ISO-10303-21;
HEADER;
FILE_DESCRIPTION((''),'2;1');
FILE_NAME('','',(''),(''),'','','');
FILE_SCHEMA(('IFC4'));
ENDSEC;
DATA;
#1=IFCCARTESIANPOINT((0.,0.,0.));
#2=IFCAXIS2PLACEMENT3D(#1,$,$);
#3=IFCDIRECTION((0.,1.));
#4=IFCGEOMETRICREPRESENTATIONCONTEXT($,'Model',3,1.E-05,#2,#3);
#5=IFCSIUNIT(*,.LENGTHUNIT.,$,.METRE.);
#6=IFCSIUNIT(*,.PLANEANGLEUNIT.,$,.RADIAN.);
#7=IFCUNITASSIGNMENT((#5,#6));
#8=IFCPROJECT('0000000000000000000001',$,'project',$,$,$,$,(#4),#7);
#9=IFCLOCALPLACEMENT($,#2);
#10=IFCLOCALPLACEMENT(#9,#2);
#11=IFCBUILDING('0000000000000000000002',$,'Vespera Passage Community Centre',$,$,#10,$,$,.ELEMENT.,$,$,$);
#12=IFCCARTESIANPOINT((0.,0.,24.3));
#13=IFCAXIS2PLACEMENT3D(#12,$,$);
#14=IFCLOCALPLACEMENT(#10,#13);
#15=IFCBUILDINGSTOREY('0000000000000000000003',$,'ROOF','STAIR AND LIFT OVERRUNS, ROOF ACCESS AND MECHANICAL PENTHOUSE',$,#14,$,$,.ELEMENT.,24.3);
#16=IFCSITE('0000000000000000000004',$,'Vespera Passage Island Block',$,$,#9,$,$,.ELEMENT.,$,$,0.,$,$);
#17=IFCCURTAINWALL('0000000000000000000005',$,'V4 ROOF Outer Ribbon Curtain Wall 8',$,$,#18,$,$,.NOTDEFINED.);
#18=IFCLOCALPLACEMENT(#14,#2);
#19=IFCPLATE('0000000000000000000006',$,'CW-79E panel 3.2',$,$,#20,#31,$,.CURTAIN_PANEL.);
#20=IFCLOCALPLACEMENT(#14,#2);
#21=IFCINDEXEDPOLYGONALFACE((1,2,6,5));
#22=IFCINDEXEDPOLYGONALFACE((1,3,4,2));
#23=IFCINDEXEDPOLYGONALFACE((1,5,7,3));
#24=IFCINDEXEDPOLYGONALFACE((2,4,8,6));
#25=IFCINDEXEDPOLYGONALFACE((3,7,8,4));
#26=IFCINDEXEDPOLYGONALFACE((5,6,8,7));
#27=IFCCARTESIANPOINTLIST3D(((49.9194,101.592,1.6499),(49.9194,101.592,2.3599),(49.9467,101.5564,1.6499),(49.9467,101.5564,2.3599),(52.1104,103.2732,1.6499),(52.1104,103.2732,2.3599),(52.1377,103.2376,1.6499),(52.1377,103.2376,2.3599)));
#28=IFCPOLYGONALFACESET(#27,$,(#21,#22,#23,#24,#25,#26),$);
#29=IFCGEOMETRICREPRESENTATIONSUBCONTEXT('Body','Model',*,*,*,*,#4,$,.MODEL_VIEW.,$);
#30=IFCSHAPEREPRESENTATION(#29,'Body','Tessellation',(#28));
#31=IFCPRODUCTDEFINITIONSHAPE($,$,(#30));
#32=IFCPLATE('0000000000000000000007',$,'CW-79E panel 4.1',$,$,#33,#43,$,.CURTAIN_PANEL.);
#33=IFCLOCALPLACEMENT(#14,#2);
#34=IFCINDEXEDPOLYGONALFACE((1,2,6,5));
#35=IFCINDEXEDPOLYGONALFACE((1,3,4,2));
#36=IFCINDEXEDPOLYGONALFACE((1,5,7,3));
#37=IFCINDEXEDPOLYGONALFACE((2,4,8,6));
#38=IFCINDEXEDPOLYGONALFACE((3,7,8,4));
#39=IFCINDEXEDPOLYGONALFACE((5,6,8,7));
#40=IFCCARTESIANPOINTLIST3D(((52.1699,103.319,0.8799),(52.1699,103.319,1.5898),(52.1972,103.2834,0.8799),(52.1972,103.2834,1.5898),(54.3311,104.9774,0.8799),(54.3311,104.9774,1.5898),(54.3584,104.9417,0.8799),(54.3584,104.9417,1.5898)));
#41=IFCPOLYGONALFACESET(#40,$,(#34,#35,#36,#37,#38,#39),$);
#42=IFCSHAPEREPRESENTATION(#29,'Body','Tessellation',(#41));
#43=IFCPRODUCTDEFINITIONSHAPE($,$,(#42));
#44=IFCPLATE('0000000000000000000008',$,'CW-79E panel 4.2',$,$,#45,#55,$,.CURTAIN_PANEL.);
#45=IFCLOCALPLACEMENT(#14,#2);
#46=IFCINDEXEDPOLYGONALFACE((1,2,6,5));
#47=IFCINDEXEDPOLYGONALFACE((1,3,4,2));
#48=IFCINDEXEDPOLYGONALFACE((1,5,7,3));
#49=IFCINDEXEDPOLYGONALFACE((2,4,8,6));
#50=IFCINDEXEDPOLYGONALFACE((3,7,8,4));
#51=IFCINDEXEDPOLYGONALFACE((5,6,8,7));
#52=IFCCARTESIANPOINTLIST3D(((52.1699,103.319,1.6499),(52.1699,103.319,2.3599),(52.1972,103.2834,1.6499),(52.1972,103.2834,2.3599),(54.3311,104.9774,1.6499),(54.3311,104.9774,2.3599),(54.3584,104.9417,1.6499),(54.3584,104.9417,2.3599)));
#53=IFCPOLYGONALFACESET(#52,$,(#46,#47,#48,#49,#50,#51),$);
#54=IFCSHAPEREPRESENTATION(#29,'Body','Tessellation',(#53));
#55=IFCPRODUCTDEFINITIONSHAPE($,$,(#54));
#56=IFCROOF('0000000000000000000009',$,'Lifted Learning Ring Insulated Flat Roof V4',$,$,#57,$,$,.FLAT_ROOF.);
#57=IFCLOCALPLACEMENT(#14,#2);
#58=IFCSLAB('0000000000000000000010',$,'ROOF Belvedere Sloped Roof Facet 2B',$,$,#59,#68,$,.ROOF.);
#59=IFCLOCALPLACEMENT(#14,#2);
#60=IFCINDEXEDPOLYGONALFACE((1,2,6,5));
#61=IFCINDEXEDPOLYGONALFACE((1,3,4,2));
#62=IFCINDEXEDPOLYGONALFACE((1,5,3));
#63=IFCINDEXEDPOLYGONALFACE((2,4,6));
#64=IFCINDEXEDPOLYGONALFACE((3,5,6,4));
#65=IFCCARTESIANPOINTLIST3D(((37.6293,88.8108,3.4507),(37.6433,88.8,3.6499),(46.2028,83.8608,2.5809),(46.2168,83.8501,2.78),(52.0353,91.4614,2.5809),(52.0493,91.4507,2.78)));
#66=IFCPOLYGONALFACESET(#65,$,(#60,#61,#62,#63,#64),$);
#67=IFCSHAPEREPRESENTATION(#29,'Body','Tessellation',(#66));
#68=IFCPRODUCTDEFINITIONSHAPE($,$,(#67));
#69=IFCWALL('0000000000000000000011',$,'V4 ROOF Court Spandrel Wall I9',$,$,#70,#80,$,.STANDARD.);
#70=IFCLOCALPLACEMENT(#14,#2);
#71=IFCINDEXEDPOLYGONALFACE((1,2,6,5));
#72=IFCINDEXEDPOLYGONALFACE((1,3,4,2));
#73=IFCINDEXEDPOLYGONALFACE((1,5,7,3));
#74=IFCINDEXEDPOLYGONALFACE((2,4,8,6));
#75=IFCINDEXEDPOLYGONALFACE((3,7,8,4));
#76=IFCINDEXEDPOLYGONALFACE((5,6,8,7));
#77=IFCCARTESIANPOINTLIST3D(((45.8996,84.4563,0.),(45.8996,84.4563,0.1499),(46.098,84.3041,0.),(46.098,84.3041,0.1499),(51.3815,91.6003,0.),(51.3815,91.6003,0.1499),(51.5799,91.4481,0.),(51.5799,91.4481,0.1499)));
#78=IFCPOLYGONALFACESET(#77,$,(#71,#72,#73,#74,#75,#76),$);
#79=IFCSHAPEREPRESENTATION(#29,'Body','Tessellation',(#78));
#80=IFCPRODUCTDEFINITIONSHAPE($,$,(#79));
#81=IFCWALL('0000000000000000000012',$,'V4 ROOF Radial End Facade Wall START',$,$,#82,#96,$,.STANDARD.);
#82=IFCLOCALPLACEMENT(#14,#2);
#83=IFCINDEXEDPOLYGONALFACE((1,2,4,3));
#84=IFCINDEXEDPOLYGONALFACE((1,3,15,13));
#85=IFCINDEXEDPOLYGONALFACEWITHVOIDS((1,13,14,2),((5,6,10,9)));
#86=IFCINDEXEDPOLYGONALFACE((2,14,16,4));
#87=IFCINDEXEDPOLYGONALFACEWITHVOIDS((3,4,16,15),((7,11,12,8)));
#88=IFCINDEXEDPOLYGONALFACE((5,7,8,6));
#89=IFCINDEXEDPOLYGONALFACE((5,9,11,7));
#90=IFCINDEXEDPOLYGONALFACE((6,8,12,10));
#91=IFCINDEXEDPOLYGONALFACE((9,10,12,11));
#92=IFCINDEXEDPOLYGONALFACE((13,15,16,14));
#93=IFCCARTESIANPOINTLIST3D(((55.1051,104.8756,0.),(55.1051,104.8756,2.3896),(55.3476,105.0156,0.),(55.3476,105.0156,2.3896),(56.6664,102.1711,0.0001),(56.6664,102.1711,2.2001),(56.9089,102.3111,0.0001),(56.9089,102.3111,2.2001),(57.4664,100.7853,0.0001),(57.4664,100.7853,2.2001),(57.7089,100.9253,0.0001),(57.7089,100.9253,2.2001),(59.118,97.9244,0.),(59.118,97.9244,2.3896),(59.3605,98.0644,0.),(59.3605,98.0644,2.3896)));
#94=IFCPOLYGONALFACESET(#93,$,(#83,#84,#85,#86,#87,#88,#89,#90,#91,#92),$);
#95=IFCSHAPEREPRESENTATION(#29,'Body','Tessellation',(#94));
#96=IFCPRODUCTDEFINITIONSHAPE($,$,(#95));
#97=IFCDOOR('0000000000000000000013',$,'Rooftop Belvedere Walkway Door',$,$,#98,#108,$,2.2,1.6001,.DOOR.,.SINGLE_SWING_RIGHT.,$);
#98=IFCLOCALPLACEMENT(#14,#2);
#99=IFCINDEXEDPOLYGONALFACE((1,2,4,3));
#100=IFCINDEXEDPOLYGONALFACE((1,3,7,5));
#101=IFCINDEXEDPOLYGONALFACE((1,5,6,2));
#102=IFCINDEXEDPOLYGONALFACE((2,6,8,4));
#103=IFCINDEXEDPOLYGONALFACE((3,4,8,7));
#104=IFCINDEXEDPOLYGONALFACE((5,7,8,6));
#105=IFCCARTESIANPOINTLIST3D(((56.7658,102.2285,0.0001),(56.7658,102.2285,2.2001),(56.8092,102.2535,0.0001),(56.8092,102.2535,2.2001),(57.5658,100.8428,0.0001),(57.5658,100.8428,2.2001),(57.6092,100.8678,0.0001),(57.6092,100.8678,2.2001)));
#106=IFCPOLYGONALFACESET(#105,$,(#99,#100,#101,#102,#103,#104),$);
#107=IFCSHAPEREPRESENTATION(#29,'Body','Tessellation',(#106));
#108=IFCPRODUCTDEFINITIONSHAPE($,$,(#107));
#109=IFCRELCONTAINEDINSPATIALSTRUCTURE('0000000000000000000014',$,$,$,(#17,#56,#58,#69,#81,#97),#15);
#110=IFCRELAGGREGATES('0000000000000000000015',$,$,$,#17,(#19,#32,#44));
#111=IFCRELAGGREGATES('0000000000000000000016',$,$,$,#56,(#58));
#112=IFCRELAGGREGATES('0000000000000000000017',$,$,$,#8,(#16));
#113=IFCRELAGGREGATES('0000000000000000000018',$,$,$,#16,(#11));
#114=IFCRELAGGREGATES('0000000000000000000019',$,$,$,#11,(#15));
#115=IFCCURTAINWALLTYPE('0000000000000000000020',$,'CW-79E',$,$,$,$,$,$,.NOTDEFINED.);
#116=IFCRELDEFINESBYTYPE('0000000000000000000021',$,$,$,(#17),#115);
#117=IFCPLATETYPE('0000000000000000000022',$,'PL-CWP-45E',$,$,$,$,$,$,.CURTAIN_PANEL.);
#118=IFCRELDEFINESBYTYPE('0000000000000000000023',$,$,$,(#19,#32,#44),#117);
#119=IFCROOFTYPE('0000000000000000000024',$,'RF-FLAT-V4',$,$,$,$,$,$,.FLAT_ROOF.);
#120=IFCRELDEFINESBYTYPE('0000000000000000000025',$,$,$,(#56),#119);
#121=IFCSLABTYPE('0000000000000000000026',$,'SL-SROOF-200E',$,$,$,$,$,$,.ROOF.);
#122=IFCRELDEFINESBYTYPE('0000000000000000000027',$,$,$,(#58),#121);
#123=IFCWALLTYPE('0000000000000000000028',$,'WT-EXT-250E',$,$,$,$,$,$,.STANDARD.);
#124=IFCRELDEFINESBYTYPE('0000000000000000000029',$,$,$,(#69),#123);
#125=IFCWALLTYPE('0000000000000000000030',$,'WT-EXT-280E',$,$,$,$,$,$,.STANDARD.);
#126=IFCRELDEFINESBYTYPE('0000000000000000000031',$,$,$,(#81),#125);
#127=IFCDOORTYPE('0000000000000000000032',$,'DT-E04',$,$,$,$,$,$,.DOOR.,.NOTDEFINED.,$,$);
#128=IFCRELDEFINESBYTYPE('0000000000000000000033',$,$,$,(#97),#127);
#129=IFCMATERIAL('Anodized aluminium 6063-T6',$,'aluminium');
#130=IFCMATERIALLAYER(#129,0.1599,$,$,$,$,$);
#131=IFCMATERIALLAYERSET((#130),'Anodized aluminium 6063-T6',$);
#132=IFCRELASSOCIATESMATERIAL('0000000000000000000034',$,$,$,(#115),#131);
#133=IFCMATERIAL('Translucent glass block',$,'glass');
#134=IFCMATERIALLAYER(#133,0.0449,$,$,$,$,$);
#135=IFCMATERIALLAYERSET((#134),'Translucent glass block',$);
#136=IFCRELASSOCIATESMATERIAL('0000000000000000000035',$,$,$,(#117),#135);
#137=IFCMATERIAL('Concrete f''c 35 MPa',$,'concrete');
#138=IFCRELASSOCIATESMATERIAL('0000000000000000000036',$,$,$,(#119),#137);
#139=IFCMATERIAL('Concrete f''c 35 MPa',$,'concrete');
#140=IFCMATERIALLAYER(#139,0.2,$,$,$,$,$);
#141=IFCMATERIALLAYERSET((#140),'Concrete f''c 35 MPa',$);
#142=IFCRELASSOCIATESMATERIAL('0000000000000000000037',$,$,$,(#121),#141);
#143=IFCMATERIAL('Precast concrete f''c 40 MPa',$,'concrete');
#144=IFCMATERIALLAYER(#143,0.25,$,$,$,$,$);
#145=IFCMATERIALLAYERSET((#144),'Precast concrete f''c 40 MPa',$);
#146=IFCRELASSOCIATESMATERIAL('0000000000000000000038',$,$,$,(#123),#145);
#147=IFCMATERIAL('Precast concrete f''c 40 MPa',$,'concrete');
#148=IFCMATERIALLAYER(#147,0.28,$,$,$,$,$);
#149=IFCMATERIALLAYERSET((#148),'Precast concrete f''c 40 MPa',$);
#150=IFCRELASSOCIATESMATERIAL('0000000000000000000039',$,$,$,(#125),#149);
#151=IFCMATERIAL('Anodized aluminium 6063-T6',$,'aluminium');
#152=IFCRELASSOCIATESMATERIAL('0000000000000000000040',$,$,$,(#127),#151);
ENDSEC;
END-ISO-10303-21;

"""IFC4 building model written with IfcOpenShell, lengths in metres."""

from ifc_helpers import new_model, si_unit, direction, frame, frame_2d, origin, origin_2d, place, context, subcontext, project, spatial, polyline, rectangle, outline, extrude, material, layer, layer_set, type_object, element, fill, aggregate, save


model = new_model("IFC4")

# Units and contexts
model_context = context("Model", 3, precision=1e-05, world=origin(), true_north=direction((0.0, 1.0)))
body_context = subcontext(model_context, "Body", "Model", "MODEL_VIEW")
ifc_project = project(units=[si_unit("LENGTHUNIT", "METRE"), si_unit("PLANEANGLEUNIT", "RADIAN")], contexts=[model_context])

# Site, building, storey
site_placement = place(None, origin())
site = spatial("IfcSite", under=ifc_project, at=site_placement, Name="Vespera Passage Island Block", CompositionType="ELEMENT", RefElevation=0.0)
building_placement = place(site_placement, origin())
building = spatial("IfcBuilding", under=site, at=building_placement, Name="Vespera Passage Community Centre", CompositionType="ELEMENT")
storey_placement = place(building_placement, frame((0.0, 0.0, 24.3)))
storey = spatial("IfcBuildingStorey", under=building, at=storey_placement, Name="ROOF", Description="STAIR AND LIFT OVERRUNS, ROOF ACCESS AND MECHANICAL PENTHOUSE", CompositionType="ELEMENT", Elevation=24.3)

# Curtain wall
ifc_material_1 = material(Name="Anodized aluminium 6063-T6", Category="aluminium")
ifc_layer_1 = layer(ifc_material_1, 0.1599)
ifc_layer_set_1 = layer_set([ifc_layer_1], Name="Anodized aluminium 6063-T6")
curtain_wall_type_1 = type_object("IfcCurtainWallType", Name="CW-79E", PredefinedType="NOTDEFINED", material=ifc_layer_set_1)
curtain_wall_1_placement = place(storey_placement, origin())
curtain_wall_1 = element("IfcCurtainWall", 1, at=curtain_wall_1_placement, inside=storey, type_object=curtain_wall_type_1, Name="V4 ROOF Outer Ribbon Curtain Wall 8", PredefinedType="NOTDEFINED")

# Plates
ifc_material_2 = material(Name="Translucent glass block", Category="glass")
ifc_layer_2 = layer(ifc_material_2, 0.0449)
ifc_layer_set_2 = layer_set([ifc_layer_2], Name="Translucent glass block")
plate_type_1 = type_object("IfcPlateType", Name="PL-CWP-45E", PredefinedType="CURTAIN_PANEL", material=ifc_layer_set_2)
plate_1_placement = place(storey_placement, frame((51.0286, 102.4148, 1.6499), z_axis=(0.0, 0.0, 1.0), x_axis=(0.793348, 0.608768, 0.0)))
plate_1 = element("IfcPlate", 2, at=plate_1_placement, type_object=plate_type_1, Name="CW-79E panel 3.2", PredefinedType="CURTAIN_PANEL", context=body_context, shape_type="SweptSolid", body=[
    extrude(rectangle(XDim=2.7617, YDim=0.0449, at=origin_2d()), origin(), (0.0, 0.0, 1.0), 0.71),
])
plate_2_placement = place(storey_placement, frame((53.2642, 104.1304, 0.8799), z_axis=(0.0, 0.0, 1.0), x_axis=(0.793348, 0.608768, 0.0)))
plate_2 = element("IfcPlate", 3, at=plate_2_placement, type_object=plate_type_1, Name="CW-79E panel 4.1", PredefinedType="CURTAIN_PANEL", context=body_context, shape_type="SweptSolid", body=[
    extrude(rectangle(XDim=2.7241, YDim=0.0449, at=origin_2d()), origin(), (0.0, 0.0, 1.0), 0.71),
])
plate_3_placement = place(storey_placement, frame((53.2642, 104.1304, 1.6499), z_axis=(0.0, 0.0, 1.0), x_axis=(0.793348, 0.608768, 0.0)))
plate_3 = element("IfcPlate", 4, at=plate_3_placement, type_object=plate_type_1, Name="CW-79E panel 4.2", PredefinedType="CURTAIN_PANEL", context=body_context, shape_type="SweptSolid", body=[
    extrude(rectangle(XDim=2.7241, YDim=0.0449, at=origin_2d()), origin(), (0.0, 0.0, 1.0), 0.71),
])
aggregate(curtain_wall_1, [plate_1, plate_2, plate_3])

# Roof, slab
ifc_material_3 = material(Name="Concrete f'c 35 MPa", Category="concrete")
roof_type = type_object("IfcRoofType", Name="RF-FLAT-V4", PredefinedType="FLAT_ROOF", material=ifc_material_3)
roof_placement = place(storey_placement, origin())
roof = element("IfcRoof", 5, at=roof_placement, inside=storey, type_object=roof_type, Name="Lifted Learning Ring Insulated Flat Roof V4", PredefinedType="FLAT_ROOF")
ifc_material_4 = material(Name="Concrete f'c 35 MPa", Category="concrete")
ifc_layer_3 = layer(ifc_material_4, 0.2)
ifc_layer_set_3 = layer_set([ifc_layer_3], Name="Concrete f'c 35 MPa")
slab_type = type_object("IfcSlabType", Name="SL-SROOF-200E", PredefinedType="ROOF", material=ifc_layer_set_3)
slab_placement = place(storey_placement, frame((52.0493, 91.4507, 2.78), z_axis=(0.070035, -0.053744, 0.996096), x_axis=(-0.981761, -0.180639, 0.059281)))
slab = element("IfcSlab", 6, at=slab_placement, inside=storey, type_object=slab_type, Name="ROOF Belvedere Sloped Roof Facet 2B", PredefinedType="ROOF", context=body_context, shape_type="SweptSolid", body=[
    extrude(outline(polyline([(0.0, 0.0), (14.6736, 0.0), (7.0991, 6.4335), (0.0, 0.0)])), origin(), (0.0, 0.0, -1.0), 0.2),
])
aggregate(roof, [slab])

# Wall
ifc_material_5 = material(Name="Precast concrete f'c 40 MPa", Category="concrete")
ifc_layer_4 = layer(ifc_material_5, 0.25)
ifc_layer_set_4 = layer_set([ifc_layer_4], Name="Precast concrete f'c 40 MPa")
wall_type_1 = type_object("IfcWallType", Name="WT-EXT-250E", PredefinedType="STANDARD", material=ifc_layer_set_4)
wall_1_placement = place(storey_placement, frame((51.4807, 91.5242, 0.0), z_axis=(0.0, 0.0, 1.0), x_axis=(-0.60877, -0.793347, 0.0)))
element("IfcWall", 7, at=wall_1_placement, inside=storey, type_object=wall_type_1, Name="V4 ROOF Court Spandrel Wall I9", PredefinedType="STANDARD", context=body_context, shape_type="SweptSolid", body=[
    extrude(rectangle(XDim=9.0049, YDim=0.25, at=frame_2d((4.5024, 0.0))), origin(), (0.0, 0.0, 1.0), 0.1499),
])

# Wall, opening, door
ifc_material_6 = material(Name="Precast concrete f'c 40 MPa", Category="concrete")
ifc_layer_5 = layer(ifc_material_6, 0.28)
ifc_layer_set_5 = layer_set([ifc_layer_5], Name="Precast concrete f'c 40 MPa")
wall_type_2 = type_object("IfcWallType", Name="WT-EXT-280E", PredefinedType="STANDARD", material=ifc_layer_set_5)
wall_2_placement = place(storey_placement, frame((55.2263, 104.9456, 0.0), z_axis=(0.0, 0.0, 1.0), x_axis=(0.49997, -0.866043, 0.0)))
wall_2 = element("IfcWall", 8, at=wall_2_placement, inside=storey, type_object=wall_type_2, Name="V4 ROOF Radial End Facade Wall START", PredefinedType="STANDARD", context=body_context, shape_type="SweptSolid", body=[
    extrude(rectangle(XDim=8.0264, YDim=0.28, at=frame_2d((4.0132, 0.0))), origin(), (0.0, 0.0, 1.0), 2.3896),
])
opening_placement = place(wall_2_placement, frame((3.1228, 0.0, 0.0)))
opening = element("IfcOpeningElement", 9, at=opening_placement, cuts=wall_2, PredefinedType="OPENING", context=body_context, shape_type="SweptSolid", body=[
    extrude(rectangle(XDim=1.6001, YDim=2.2, at=frame_2d((0.8, 1.1001))), frame((0.0, 0.1501, 0.0), z_axis=(0.0, -1.0, 0.0), x_axis=(1.0, 0.0, 0.0)), (0.0, 0.0, 1.0), 0.3),
])
ifc_material_7 = material(Name="Anodized aluminium 6063-T6", Category="aluminium")
door_type = type_object("IfcDoorType", Name="DT-E04", OperationType="NOTDEFINED", PredefinedType="DOOR", material=ifc_material_7)
door_placement = place(opening_placement, origin())
door = element("IfcDoor", 10, at=door_placement, inside=storey, type_object=door_type, Name="Rooftop Belvedere Walkway Door", OperationType="SINGLE_SWING_RIGHT", OverallHeight=2.2, OverallWidth=1.6001, PredefinedType="DOOR", context=body_context, shape_type="SweptSolid", body=[
    extrude(rectangle(XDim=1.6001, YDim=2.2, at=frame_2d((0.8, 1.1001))), frame((0.0, 0.0249, 0.0), z_axis=(0.0, -1.0, 0.0), x_axis=(1.0, 0.0, 0.0)), (0.0, 0.0, 1.0), 0.05),
])
fill(opening, door)

save(model, "model.ifc")
